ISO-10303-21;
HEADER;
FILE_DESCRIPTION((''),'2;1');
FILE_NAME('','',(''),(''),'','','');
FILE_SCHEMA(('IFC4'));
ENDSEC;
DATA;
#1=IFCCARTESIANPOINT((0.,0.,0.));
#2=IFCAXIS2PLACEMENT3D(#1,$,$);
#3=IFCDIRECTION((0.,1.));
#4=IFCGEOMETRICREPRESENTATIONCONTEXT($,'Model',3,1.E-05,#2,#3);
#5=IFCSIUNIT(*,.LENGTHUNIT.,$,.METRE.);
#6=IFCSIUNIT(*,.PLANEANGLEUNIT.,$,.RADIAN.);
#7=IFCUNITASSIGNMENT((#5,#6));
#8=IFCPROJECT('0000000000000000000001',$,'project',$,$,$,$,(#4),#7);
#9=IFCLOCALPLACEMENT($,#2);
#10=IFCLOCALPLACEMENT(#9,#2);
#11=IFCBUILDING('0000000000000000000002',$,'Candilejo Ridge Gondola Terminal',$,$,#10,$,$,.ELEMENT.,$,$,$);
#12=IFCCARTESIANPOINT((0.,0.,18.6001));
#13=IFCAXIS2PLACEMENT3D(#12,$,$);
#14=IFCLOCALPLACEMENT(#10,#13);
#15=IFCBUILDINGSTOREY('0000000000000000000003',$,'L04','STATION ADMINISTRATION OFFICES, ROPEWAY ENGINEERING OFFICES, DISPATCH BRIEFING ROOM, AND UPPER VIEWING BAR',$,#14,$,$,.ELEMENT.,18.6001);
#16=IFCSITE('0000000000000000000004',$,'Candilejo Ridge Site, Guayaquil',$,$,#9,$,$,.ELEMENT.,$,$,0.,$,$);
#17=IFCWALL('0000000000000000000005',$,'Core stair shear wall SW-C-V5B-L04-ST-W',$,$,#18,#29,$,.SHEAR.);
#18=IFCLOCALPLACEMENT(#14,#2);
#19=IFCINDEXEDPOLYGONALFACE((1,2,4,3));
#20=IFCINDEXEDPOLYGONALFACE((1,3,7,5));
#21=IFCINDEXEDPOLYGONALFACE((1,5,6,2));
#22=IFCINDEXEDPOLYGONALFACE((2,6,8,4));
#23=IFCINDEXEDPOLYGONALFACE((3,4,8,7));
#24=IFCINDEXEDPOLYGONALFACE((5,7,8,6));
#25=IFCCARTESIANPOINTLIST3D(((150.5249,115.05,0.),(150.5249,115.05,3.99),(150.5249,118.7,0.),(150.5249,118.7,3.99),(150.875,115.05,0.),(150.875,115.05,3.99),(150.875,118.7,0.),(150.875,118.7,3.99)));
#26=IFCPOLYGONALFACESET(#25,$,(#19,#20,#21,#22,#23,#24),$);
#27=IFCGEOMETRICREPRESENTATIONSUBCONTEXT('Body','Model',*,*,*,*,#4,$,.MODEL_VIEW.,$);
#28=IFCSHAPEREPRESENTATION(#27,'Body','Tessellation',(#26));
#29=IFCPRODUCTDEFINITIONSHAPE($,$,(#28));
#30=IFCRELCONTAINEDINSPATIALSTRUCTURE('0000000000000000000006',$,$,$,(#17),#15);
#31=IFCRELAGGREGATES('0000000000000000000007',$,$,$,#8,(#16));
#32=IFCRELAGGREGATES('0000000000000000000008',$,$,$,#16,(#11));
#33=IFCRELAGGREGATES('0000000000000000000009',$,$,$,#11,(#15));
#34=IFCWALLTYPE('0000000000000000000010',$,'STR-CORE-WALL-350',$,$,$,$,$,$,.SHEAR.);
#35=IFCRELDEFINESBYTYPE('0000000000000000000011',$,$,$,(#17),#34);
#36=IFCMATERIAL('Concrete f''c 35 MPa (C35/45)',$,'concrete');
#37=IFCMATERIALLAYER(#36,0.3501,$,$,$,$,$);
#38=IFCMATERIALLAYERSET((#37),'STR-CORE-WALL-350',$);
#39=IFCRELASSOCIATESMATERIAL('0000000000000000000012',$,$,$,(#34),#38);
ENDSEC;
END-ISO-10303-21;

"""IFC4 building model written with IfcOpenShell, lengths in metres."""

from ifc_helpers import new_model, si_unit, direction, frame, frame_2d, origin, place, context, subcontext, project, spatial, rectangle, extrude, material, layer, layer_set, type_object, element, save


model = new_model("IFC4")

# Units and contexts
model_context = context("Model", 3, precision=1e-05, world=origin(), true_north=direction((0.0, 1.0)))
body_context = subcontext(model_context, "Body", "Model", "MODEL_VIEW")
ifc_project = project(units=[si_unit("LENGTHUNIT", "METRE"), si_unit("PLANEANGLEUNIT", "RADIAN")], contexts=[model_context])

# Site, building, storey
site_placement = place(None, origin())
site = spatial("IfcSite", under=ifc_project, at=site_placement, Name="Candilejo Ridge Site, Guayaquil", CompositionType="ELEMENT", RefElevation=0.0)
building_placement = place(site_placement, origin())
building = spatial("IfcBuilding", under=site, at=building_placement, Name="Candilejo Ridge Gondola Terminal", CompositionType="ELEMENT")
storey_placement = place(building_placement, frame((0.0, 0.0, 18.6001)))
storey = spatial("IfcBuildingStorey", under=building, at=storey_placement, Name="L04", Description="STATION ADMINISTRATION OFFICES, ROPEWAY ENGINEERING OFFICES, DISPATCH BRIEFING ROOM, AND UPPER VIEWING BAR", CompositionType="ELEMENT", Elevation=18.6001)

# Wall
ifc_material_1 = material(Name="Concrete f'c 35 MPa (C35/45)", Category="concrete")
ifc_layer_1 = layer(ifc_material_1, 0.3501)
ifc_layer_set_1 = layer_set([ifc_layer_1], Name="STR-CORE-WALL-350")
wall_type = type_object("IfcWallType", Name="STR-CORE-WALL-350", PredefinedType="SHEAR", material=ifc_layer_set_1)
wall_placement = place(storey_placement, frame((150.7, 118.7, 0.0), z_axis=(0.0, 0.0, 1.0), x_axis=(0.0, -1.0, 0.0)))
element("IfcWall", 1, at=wall_placement, inside=storey, type_object=wall_type, Name="Core stair shear wall SW-C-V5B-L04-ST-W", PredefinedType="SHEAR", context=body_context, shape_type="SweptSolid", body=[
    extrude(rectangle(XDim=3.6499, YDim=0.3501, at=frame_2d((1.825, 0.0))), origin(), (0.0, 0.0, 1.0), 3.99),
])

save(model, "model.ifc")
